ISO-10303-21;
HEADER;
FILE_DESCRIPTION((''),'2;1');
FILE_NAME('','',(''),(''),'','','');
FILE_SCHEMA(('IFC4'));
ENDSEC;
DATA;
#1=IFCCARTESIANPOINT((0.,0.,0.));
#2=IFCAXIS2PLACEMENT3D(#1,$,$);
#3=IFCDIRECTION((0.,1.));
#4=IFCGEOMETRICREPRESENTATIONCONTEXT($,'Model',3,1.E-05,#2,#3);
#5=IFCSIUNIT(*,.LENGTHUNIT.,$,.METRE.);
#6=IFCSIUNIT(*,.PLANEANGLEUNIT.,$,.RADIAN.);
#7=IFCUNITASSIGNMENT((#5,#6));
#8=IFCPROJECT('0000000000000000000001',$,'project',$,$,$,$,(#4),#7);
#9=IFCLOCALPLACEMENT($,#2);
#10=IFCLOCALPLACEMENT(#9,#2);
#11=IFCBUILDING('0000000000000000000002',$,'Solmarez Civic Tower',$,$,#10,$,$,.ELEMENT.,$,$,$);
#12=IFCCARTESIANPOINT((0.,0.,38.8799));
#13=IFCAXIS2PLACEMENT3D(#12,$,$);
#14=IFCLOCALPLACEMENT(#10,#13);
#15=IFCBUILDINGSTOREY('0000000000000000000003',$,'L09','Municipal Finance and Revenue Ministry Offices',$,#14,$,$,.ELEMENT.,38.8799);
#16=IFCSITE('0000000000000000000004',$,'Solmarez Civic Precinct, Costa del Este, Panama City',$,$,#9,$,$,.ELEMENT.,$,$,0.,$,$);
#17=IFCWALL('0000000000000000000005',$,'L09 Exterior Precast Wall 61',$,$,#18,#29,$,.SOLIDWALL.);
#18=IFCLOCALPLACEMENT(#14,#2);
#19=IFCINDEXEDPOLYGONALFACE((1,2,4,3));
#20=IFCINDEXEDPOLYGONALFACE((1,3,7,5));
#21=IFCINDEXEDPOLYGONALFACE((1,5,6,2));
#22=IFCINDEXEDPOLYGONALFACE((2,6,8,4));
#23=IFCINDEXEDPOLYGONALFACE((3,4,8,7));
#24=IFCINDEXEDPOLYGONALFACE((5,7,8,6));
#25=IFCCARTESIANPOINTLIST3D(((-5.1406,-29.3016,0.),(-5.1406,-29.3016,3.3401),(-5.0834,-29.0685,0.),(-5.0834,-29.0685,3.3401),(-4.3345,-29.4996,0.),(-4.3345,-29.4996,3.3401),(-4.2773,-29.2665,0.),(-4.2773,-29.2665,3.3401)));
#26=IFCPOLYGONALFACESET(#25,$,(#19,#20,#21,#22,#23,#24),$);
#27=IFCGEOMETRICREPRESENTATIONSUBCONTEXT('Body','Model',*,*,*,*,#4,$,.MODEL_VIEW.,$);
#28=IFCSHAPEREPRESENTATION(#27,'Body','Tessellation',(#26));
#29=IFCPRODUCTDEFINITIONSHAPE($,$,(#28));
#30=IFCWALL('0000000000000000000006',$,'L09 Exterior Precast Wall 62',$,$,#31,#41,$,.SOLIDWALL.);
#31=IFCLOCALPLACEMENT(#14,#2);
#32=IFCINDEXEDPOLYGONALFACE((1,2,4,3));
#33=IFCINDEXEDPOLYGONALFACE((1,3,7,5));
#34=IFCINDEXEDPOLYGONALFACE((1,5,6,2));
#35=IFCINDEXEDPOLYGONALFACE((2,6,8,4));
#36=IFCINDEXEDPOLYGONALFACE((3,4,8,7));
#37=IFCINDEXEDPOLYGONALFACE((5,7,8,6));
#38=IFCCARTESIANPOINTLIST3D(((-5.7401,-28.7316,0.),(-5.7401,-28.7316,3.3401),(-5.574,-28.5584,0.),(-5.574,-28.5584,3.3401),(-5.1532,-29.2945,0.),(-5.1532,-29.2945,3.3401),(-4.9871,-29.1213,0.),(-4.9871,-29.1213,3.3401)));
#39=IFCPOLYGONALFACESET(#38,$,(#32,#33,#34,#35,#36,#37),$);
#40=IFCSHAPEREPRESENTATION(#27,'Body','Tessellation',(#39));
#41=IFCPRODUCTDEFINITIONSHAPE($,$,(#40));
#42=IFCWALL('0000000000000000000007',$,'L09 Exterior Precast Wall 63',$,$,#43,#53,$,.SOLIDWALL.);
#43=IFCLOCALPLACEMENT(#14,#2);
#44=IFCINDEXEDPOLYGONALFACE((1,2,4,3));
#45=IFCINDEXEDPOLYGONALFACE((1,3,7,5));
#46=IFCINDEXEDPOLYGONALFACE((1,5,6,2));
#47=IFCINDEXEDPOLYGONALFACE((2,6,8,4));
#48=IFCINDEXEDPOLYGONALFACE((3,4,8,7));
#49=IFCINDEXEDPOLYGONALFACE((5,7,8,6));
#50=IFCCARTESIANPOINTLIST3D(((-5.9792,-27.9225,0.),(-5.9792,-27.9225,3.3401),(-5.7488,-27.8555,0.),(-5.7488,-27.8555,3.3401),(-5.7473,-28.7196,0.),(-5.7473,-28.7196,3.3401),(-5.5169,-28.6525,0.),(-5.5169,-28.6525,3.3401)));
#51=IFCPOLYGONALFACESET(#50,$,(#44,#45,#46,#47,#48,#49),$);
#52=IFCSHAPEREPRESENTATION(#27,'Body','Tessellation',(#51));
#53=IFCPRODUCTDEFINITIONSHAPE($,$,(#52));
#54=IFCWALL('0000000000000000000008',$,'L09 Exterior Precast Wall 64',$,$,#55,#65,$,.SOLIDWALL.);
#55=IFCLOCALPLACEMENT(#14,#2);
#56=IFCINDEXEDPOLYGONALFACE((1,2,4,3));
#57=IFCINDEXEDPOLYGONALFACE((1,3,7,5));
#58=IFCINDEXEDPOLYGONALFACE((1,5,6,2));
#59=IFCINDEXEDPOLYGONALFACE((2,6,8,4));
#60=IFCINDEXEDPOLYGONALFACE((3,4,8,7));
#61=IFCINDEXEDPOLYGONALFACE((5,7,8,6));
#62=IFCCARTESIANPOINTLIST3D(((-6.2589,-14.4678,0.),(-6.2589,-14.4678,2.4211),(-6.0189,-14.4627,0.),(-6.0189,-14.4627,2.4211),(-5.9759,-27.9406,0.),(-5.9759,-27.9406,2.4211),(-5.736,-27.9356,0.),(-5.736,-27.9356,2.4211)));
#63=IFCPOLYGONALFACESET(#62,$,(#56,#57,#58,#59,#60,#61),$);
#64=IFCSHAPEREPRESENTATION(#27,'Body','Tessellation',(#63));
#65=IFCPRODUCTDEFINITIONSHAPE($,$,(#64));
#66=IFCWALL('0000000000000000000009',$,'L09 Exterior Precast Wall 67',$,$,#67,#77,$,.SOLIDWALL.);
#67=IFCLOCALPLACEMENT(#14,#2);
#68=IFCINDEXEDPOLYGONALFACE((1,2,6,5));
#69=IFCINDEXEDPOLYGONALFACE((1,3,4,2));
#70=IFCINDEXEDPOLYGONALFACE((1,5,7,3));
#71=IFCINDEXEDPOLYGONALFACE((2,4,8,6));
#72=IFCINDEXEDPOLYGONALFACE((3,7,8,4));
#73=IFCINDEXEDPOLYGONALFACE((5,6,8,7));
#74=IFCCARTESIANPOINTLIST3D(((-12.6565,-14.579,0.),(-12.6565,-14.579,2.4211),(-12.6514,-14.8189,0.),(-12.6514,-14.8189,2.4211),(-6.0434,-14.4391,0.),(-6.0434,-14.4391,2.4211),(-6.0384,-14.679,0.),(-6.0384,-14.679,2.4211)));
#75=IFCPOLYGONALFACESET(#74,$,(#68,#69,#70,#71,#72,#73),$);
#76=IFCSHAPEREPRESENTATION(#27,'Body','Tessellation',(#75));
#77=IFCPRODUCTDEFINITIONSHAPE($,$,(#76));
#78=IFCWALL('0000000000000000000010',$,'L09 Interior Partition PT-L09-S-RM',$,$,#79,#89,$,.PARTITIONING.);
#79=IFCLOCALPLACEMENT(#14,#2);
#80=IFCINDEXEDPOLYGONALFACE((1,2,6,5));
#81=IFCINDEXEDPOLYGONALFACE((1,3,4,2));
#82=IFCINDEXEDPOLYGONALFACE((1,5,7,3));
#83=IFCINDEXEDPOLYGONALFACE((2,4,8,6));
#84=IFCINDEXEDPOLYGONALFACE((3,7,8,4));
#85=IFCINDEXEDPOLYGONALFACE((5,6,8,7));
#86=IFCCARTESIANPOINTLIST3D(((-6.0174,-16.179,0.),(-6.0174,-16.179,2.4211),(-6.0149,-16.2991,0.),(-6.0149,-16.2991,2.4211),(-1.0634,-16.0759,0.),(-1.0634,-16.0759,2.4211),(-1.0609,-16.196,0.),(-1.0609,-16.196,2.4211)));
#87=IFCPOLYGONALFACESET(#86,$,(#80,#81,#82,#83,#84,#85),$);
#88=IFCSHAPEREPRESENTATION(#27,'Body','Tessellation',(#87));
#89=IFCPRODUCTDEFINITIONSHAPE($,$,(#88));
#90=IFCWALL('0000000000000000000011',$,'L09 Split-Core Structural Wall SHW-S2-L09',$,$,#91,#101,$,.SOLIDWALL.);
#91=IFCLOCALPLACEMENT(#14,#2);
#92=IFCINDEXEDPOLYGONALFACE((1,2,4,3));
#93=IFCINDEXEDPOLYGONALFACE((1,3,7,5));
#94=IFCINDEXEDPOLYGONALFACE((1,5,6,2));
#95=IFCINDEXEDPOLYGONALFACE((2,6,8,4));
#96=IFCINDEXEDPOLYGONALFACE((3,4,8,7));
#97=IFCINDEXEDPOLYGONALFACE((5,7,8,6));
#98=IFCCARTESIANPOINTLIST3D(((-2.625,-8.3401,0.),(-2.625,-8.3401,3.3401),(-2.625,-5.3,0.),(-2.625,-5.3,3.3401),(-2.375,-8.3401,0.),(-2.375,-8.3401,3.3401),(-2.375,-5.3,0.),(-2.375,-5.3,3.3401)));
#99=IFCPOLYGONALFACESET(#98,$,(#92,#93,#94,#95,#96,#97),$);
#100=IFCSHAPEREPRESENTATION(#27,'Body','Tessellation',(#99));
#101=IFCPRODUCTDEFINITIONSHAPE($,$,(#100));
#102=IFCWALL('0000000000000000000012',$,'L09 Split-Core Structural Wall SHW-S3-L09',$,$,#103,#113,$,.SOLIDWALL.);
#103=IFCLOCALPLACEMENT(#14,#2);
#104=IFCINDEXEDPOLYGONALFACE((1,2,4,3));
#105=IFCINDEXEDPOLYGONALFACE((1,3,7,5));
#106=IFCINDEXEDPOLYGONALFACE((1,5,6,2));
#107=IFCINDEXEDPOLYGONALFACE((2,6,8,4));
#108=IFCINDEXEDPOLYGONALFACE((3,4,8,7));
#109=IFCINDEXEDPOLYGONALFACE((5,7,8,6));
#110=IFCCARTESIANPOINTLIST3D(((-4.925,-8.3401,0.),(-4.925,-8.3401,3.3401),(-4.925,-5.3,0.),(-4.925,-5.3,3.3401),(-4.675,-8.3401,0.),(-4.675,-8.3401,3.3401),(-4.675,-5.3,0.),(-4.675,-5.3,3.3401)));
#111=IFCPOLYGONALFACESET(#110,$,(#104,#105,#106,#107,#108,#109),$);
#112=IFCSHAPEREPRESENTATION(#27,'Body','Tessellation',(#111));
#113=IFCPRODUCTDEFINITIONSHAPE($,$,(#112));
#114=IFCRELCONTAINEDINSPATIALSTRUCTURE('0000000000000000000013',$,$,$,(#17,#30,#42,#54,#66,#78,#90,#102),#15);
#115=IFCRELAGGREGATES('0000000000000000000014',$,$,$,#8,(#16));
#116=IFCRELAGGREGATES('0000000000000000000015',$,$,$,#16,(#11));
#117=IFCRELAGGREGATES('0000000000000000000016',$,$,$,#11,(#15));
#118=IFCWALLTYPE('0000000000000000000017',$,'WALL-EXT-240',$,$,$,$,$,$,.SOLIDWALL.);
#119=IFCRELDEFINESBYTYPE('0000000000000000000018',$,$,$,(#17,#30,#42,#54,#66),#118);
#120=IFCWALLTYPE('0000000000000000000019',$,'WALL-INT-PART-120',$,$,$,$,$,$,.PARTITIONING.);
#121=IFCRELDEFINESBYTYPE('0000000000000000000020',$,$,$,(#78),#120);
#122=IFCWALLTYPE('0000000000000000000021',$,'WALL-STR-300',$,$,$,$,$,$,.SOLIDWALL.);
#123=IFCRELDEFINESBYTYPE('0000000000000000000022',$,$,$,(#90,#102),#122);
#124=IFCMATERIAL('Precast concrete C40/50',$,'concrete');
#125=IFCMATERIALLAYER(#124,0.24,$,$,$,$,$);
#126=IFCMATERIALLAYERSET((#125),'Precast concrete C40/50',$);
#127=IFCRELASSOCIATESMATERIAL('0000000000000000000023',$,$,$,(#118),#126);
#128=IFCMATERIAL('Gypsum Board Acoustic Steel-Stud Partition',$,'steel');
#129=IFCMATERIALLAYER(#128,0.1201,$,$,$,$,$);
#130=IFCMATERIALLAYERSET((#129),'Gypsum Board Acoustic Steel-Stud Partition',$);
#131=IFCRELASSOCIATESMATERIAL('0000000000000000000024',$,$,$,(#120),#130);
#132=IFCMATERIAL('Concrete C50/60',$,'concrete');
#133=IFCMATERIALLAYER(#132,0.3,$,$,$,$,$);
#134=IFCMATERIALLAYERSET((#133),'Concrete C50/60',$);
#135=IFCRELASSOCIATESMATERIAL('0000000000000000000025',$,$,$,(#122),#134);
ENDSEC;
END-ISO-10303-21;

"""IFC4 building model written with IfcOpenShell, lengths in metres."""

from ifc_helpers import new_model, si_unit, direction, frame, frame_2d, origin, place, context, subcontext, project, spatial, rectangle, extrude, material, layer, layer_set, type_object, element, save


model = new_model("IFC4")

# Units and contexts
model_context = context("Model", 3, precision=1e-05, world=origin(), true_north=direction((0.0, 1.0)))
body_context = subcontext(model_context, "Body", "Model", "MODEL_VIEW")
ifc_project = project(units=[si_unit("LENGTHUNIT", "METRE"), si_unit("PLANEANGLEUNIT", "RADIAN")], contexts=[model_context])

# Site, building, storey
site_placement = place(None, origin())
site = spatial("IfcSite", under=ifc_project, at=site_placement, Name="Solmarez Civic Precinct, Costa del Este, Panama City", CompositionType="ELEMENT", RefElevation=0.0)
building_placement = place(site_placement, origin())
building = spatial("IfcBuilding", under=site, at=building_placement, Name="Solmarez Civic Tower", CompositionType="ELEMENT")
storey_placement = place(building_placement, frame((0.0, 0.0, 38.8799)))
storey = spatial("IfcBuildingStorey", under=building, at=storey_placement, Name="L09", Description="Municipal Finance and Revenue Ministry Offices", CompositionType="ELEMENT", Elevation=38.8799)

# Walls
ifc_material_1 = material(Name="Precast concrete C40/50", Category="concrete")
ifc_layer_1 = layer(ifc_material_1, 0.24)
ifc_layer_set_1 = layer_set([ifc_layer_1], Name="Precast concrete C40/50")
wall_type_1 = type_object("IfcWallType", Name="WALL-EXT-240", PredefinedType="SOLIDWALL", material=ifc_layer_set_1)
wall_1_placement = place(storey_placement, frame((-4.3059, -29.3831, 0.0), z_axis=(0.0, 0.0, 1.0), x_axis=(-0.971138, 0.23852, 0.0)))
element("IfcWall", 1, at=wall_1_placement, inside=storey, type_object=wall_type_1, Name="L09 Exterior Precast Wall 61", PredefinedType="SOLIDWALL", context=body_context, shape_type="SweptSolid", body=[
    extrude(rectangle(XDim=0.8301, YDim=0.24, at=frame_2d((0.415, 0.0))), origin(), (0.0, 0.0, 1.0), 3.3401),
])
wall_2_placement = place(storey_placement, frame((-5.0701, -29.208, 0.0), z_axis=(0.0, 0.0, 1.0), x_axis=(-0.721663, 0.692244, 0.0)))
element("IfcWall", 2, at=wall_2_placement, inside=storey, type_object=wall_type_1, Name="L09 Exterior Precast Wall 62", PredefinedType="SOLIDWALL", context=body_context, shape_type="SweptSolid", body=[
    extrude(rectangle(XDim=0.8132, YDim=0.24, at=frame_2d((0.4067, 0.0))), origin(), (0.0, 0.0, 1.0), 3.3401),
])
wall_3_placement = place(storey_placement, frame((-5.6321, -28.686, 0.0), z_axis=(0.0, 0.0, 1.0), x_axis=(-0.279379, 0.960181, 0.0)))
element("IfcWall", 3, at=wall_3_placement, inside=storey, type_object=wall_type_1, Name="L09 Exterior Precast Wall 63", PredefinedType="SOLIDWALL", context=body_context, shape_type="SweptSolid", body=[
    extrude(rectangle(XDim=0.8301, YDim=0.24, at=frame_2d((0.415, 0.0))), origin(), (0.0, 0.0, 1.0), 3.3401),
])
wall_4_placement = place(storey_placement, frame((-5.856, -27.938, 0.0), z_axis=(0.0, 0.0, 1.0), x_axis=(-0.020997, 0.99978, 0.0)))
element("IfcWall", 4, at=wall_4_placement, inside=storey, type_object=wall_type_1, Name="L09 Exterior Precast Wall 64", PredefinedType="SOLIDWALL", context=body_context, shape_type="SweptSolid", body=[
    extrude(rectangle(XDim=13.4758, YDim=0.24, at=frame_2d((6.7378, 0.0))), origin(), (0.0, 0.0, 1.0), 2.4211),
])
wall_5_placement = place(storey_placement, frame((-6.041, -14.5591, 0.0), z_axis=(0.0, 0.0, 1.0), x_axis=(-0.999776, -0.021149, 0.0)))
element("IfcWall", 5, at=wall_5_placement, inside=storey, type_object=wall_type_1, Name="L09 Exterior Precast Wall 67", PredefinedType="SOLIDWALL", context=body_context, shape_type="SweptSolid", body=[
    extrude(rectangle(XDim=6.6145, YDim=0.24, at=frame_2d((3.3071, 0.0))), origin(), (0.0, 0.0, 1.0), 2.4211),
])
ifc_material_2 = material(Name="Gypsum Board Acoustic Steel-Stud Partition", Category="steel")
ifc_layer_2 = layer(ifc_material_2, 0.1201)
ifc_layer_set_2 = layer_set([ifc_layer_2], Name="Gypsum Board Acoustic Steel-Stud Partition")
wall_type_2 = type_object("IfcWallType", Name="WALL-INT-PART-120", PredefinedType="PARTITIONING", material=ifc_layer_set_2)
wall_6_placement = place(storey_placement, frame((-6.0161, -16.239, 0.0), z_axis=(0.0, 0.0, 1.0), x_axis=(0.999784, 0.020792, 0.0)))
element("IfcWall", 6, at=wall_6_placement, inside=storey, type_object=wall_type_2, Name="L09 Interior Partition PT-L09-S-RM", PredefinedType="PARTITIONING", context=body_context, shape_type="SweptSolid", body=[
    extrude(rectangle(XDim=4.9551, YDim=0.1201, at=frame_2d((2.4775, 0.0))), origin(), (0.0, 0.0, 1.0), 2.4211),
])
ifc_material_3 = material(Name="Concrete C50/60", Category="concrete")
ifc_layer_3 = layer(ifc_material_3, 0.3)
ifc_layer_set_3 = layer_set([ifc_layer_3], Name="Concrete C50/60")
wall_type_3 = type_object("IfcWallType", Name="WALL-STR-300", PredefinedType="SOLIDWALL", material=ifc_layer_set_3)
for number, where, z_axis, x_axis, name in (
    (7, (-2.5, -8.3401, 0.0), (0.0, 0.0, 1.0), (0.0, 1.0, 0.0), "L09 Split-Core Structural Wall SHW-S2-L09"),
    (8, (-4.8, -8.3401, 0.0), (0.0, 0.0, 1.0), (0.0, 1.0, 0.0), "L09 Split-Core Structural Wall SHW-S3-L09"),
):
    element("IfcWall", number, at=place(storey_placement, frame(where, z_axis=z_axis, x_axis=x_axis)), inside=storey, type_object=wall_type_3, Name=name, PredefinedType="SOLIDWALL", context=body_context, shape_type="SweptSolid", body=[
        extrude(rectangle(XDim=3.04, YDim=0.25, at=frame_2d((1.52, 0.0))), origin(), (0.0, 0.0, 1.0), 3.3401),
    ])

save(model, "model.ifc")
